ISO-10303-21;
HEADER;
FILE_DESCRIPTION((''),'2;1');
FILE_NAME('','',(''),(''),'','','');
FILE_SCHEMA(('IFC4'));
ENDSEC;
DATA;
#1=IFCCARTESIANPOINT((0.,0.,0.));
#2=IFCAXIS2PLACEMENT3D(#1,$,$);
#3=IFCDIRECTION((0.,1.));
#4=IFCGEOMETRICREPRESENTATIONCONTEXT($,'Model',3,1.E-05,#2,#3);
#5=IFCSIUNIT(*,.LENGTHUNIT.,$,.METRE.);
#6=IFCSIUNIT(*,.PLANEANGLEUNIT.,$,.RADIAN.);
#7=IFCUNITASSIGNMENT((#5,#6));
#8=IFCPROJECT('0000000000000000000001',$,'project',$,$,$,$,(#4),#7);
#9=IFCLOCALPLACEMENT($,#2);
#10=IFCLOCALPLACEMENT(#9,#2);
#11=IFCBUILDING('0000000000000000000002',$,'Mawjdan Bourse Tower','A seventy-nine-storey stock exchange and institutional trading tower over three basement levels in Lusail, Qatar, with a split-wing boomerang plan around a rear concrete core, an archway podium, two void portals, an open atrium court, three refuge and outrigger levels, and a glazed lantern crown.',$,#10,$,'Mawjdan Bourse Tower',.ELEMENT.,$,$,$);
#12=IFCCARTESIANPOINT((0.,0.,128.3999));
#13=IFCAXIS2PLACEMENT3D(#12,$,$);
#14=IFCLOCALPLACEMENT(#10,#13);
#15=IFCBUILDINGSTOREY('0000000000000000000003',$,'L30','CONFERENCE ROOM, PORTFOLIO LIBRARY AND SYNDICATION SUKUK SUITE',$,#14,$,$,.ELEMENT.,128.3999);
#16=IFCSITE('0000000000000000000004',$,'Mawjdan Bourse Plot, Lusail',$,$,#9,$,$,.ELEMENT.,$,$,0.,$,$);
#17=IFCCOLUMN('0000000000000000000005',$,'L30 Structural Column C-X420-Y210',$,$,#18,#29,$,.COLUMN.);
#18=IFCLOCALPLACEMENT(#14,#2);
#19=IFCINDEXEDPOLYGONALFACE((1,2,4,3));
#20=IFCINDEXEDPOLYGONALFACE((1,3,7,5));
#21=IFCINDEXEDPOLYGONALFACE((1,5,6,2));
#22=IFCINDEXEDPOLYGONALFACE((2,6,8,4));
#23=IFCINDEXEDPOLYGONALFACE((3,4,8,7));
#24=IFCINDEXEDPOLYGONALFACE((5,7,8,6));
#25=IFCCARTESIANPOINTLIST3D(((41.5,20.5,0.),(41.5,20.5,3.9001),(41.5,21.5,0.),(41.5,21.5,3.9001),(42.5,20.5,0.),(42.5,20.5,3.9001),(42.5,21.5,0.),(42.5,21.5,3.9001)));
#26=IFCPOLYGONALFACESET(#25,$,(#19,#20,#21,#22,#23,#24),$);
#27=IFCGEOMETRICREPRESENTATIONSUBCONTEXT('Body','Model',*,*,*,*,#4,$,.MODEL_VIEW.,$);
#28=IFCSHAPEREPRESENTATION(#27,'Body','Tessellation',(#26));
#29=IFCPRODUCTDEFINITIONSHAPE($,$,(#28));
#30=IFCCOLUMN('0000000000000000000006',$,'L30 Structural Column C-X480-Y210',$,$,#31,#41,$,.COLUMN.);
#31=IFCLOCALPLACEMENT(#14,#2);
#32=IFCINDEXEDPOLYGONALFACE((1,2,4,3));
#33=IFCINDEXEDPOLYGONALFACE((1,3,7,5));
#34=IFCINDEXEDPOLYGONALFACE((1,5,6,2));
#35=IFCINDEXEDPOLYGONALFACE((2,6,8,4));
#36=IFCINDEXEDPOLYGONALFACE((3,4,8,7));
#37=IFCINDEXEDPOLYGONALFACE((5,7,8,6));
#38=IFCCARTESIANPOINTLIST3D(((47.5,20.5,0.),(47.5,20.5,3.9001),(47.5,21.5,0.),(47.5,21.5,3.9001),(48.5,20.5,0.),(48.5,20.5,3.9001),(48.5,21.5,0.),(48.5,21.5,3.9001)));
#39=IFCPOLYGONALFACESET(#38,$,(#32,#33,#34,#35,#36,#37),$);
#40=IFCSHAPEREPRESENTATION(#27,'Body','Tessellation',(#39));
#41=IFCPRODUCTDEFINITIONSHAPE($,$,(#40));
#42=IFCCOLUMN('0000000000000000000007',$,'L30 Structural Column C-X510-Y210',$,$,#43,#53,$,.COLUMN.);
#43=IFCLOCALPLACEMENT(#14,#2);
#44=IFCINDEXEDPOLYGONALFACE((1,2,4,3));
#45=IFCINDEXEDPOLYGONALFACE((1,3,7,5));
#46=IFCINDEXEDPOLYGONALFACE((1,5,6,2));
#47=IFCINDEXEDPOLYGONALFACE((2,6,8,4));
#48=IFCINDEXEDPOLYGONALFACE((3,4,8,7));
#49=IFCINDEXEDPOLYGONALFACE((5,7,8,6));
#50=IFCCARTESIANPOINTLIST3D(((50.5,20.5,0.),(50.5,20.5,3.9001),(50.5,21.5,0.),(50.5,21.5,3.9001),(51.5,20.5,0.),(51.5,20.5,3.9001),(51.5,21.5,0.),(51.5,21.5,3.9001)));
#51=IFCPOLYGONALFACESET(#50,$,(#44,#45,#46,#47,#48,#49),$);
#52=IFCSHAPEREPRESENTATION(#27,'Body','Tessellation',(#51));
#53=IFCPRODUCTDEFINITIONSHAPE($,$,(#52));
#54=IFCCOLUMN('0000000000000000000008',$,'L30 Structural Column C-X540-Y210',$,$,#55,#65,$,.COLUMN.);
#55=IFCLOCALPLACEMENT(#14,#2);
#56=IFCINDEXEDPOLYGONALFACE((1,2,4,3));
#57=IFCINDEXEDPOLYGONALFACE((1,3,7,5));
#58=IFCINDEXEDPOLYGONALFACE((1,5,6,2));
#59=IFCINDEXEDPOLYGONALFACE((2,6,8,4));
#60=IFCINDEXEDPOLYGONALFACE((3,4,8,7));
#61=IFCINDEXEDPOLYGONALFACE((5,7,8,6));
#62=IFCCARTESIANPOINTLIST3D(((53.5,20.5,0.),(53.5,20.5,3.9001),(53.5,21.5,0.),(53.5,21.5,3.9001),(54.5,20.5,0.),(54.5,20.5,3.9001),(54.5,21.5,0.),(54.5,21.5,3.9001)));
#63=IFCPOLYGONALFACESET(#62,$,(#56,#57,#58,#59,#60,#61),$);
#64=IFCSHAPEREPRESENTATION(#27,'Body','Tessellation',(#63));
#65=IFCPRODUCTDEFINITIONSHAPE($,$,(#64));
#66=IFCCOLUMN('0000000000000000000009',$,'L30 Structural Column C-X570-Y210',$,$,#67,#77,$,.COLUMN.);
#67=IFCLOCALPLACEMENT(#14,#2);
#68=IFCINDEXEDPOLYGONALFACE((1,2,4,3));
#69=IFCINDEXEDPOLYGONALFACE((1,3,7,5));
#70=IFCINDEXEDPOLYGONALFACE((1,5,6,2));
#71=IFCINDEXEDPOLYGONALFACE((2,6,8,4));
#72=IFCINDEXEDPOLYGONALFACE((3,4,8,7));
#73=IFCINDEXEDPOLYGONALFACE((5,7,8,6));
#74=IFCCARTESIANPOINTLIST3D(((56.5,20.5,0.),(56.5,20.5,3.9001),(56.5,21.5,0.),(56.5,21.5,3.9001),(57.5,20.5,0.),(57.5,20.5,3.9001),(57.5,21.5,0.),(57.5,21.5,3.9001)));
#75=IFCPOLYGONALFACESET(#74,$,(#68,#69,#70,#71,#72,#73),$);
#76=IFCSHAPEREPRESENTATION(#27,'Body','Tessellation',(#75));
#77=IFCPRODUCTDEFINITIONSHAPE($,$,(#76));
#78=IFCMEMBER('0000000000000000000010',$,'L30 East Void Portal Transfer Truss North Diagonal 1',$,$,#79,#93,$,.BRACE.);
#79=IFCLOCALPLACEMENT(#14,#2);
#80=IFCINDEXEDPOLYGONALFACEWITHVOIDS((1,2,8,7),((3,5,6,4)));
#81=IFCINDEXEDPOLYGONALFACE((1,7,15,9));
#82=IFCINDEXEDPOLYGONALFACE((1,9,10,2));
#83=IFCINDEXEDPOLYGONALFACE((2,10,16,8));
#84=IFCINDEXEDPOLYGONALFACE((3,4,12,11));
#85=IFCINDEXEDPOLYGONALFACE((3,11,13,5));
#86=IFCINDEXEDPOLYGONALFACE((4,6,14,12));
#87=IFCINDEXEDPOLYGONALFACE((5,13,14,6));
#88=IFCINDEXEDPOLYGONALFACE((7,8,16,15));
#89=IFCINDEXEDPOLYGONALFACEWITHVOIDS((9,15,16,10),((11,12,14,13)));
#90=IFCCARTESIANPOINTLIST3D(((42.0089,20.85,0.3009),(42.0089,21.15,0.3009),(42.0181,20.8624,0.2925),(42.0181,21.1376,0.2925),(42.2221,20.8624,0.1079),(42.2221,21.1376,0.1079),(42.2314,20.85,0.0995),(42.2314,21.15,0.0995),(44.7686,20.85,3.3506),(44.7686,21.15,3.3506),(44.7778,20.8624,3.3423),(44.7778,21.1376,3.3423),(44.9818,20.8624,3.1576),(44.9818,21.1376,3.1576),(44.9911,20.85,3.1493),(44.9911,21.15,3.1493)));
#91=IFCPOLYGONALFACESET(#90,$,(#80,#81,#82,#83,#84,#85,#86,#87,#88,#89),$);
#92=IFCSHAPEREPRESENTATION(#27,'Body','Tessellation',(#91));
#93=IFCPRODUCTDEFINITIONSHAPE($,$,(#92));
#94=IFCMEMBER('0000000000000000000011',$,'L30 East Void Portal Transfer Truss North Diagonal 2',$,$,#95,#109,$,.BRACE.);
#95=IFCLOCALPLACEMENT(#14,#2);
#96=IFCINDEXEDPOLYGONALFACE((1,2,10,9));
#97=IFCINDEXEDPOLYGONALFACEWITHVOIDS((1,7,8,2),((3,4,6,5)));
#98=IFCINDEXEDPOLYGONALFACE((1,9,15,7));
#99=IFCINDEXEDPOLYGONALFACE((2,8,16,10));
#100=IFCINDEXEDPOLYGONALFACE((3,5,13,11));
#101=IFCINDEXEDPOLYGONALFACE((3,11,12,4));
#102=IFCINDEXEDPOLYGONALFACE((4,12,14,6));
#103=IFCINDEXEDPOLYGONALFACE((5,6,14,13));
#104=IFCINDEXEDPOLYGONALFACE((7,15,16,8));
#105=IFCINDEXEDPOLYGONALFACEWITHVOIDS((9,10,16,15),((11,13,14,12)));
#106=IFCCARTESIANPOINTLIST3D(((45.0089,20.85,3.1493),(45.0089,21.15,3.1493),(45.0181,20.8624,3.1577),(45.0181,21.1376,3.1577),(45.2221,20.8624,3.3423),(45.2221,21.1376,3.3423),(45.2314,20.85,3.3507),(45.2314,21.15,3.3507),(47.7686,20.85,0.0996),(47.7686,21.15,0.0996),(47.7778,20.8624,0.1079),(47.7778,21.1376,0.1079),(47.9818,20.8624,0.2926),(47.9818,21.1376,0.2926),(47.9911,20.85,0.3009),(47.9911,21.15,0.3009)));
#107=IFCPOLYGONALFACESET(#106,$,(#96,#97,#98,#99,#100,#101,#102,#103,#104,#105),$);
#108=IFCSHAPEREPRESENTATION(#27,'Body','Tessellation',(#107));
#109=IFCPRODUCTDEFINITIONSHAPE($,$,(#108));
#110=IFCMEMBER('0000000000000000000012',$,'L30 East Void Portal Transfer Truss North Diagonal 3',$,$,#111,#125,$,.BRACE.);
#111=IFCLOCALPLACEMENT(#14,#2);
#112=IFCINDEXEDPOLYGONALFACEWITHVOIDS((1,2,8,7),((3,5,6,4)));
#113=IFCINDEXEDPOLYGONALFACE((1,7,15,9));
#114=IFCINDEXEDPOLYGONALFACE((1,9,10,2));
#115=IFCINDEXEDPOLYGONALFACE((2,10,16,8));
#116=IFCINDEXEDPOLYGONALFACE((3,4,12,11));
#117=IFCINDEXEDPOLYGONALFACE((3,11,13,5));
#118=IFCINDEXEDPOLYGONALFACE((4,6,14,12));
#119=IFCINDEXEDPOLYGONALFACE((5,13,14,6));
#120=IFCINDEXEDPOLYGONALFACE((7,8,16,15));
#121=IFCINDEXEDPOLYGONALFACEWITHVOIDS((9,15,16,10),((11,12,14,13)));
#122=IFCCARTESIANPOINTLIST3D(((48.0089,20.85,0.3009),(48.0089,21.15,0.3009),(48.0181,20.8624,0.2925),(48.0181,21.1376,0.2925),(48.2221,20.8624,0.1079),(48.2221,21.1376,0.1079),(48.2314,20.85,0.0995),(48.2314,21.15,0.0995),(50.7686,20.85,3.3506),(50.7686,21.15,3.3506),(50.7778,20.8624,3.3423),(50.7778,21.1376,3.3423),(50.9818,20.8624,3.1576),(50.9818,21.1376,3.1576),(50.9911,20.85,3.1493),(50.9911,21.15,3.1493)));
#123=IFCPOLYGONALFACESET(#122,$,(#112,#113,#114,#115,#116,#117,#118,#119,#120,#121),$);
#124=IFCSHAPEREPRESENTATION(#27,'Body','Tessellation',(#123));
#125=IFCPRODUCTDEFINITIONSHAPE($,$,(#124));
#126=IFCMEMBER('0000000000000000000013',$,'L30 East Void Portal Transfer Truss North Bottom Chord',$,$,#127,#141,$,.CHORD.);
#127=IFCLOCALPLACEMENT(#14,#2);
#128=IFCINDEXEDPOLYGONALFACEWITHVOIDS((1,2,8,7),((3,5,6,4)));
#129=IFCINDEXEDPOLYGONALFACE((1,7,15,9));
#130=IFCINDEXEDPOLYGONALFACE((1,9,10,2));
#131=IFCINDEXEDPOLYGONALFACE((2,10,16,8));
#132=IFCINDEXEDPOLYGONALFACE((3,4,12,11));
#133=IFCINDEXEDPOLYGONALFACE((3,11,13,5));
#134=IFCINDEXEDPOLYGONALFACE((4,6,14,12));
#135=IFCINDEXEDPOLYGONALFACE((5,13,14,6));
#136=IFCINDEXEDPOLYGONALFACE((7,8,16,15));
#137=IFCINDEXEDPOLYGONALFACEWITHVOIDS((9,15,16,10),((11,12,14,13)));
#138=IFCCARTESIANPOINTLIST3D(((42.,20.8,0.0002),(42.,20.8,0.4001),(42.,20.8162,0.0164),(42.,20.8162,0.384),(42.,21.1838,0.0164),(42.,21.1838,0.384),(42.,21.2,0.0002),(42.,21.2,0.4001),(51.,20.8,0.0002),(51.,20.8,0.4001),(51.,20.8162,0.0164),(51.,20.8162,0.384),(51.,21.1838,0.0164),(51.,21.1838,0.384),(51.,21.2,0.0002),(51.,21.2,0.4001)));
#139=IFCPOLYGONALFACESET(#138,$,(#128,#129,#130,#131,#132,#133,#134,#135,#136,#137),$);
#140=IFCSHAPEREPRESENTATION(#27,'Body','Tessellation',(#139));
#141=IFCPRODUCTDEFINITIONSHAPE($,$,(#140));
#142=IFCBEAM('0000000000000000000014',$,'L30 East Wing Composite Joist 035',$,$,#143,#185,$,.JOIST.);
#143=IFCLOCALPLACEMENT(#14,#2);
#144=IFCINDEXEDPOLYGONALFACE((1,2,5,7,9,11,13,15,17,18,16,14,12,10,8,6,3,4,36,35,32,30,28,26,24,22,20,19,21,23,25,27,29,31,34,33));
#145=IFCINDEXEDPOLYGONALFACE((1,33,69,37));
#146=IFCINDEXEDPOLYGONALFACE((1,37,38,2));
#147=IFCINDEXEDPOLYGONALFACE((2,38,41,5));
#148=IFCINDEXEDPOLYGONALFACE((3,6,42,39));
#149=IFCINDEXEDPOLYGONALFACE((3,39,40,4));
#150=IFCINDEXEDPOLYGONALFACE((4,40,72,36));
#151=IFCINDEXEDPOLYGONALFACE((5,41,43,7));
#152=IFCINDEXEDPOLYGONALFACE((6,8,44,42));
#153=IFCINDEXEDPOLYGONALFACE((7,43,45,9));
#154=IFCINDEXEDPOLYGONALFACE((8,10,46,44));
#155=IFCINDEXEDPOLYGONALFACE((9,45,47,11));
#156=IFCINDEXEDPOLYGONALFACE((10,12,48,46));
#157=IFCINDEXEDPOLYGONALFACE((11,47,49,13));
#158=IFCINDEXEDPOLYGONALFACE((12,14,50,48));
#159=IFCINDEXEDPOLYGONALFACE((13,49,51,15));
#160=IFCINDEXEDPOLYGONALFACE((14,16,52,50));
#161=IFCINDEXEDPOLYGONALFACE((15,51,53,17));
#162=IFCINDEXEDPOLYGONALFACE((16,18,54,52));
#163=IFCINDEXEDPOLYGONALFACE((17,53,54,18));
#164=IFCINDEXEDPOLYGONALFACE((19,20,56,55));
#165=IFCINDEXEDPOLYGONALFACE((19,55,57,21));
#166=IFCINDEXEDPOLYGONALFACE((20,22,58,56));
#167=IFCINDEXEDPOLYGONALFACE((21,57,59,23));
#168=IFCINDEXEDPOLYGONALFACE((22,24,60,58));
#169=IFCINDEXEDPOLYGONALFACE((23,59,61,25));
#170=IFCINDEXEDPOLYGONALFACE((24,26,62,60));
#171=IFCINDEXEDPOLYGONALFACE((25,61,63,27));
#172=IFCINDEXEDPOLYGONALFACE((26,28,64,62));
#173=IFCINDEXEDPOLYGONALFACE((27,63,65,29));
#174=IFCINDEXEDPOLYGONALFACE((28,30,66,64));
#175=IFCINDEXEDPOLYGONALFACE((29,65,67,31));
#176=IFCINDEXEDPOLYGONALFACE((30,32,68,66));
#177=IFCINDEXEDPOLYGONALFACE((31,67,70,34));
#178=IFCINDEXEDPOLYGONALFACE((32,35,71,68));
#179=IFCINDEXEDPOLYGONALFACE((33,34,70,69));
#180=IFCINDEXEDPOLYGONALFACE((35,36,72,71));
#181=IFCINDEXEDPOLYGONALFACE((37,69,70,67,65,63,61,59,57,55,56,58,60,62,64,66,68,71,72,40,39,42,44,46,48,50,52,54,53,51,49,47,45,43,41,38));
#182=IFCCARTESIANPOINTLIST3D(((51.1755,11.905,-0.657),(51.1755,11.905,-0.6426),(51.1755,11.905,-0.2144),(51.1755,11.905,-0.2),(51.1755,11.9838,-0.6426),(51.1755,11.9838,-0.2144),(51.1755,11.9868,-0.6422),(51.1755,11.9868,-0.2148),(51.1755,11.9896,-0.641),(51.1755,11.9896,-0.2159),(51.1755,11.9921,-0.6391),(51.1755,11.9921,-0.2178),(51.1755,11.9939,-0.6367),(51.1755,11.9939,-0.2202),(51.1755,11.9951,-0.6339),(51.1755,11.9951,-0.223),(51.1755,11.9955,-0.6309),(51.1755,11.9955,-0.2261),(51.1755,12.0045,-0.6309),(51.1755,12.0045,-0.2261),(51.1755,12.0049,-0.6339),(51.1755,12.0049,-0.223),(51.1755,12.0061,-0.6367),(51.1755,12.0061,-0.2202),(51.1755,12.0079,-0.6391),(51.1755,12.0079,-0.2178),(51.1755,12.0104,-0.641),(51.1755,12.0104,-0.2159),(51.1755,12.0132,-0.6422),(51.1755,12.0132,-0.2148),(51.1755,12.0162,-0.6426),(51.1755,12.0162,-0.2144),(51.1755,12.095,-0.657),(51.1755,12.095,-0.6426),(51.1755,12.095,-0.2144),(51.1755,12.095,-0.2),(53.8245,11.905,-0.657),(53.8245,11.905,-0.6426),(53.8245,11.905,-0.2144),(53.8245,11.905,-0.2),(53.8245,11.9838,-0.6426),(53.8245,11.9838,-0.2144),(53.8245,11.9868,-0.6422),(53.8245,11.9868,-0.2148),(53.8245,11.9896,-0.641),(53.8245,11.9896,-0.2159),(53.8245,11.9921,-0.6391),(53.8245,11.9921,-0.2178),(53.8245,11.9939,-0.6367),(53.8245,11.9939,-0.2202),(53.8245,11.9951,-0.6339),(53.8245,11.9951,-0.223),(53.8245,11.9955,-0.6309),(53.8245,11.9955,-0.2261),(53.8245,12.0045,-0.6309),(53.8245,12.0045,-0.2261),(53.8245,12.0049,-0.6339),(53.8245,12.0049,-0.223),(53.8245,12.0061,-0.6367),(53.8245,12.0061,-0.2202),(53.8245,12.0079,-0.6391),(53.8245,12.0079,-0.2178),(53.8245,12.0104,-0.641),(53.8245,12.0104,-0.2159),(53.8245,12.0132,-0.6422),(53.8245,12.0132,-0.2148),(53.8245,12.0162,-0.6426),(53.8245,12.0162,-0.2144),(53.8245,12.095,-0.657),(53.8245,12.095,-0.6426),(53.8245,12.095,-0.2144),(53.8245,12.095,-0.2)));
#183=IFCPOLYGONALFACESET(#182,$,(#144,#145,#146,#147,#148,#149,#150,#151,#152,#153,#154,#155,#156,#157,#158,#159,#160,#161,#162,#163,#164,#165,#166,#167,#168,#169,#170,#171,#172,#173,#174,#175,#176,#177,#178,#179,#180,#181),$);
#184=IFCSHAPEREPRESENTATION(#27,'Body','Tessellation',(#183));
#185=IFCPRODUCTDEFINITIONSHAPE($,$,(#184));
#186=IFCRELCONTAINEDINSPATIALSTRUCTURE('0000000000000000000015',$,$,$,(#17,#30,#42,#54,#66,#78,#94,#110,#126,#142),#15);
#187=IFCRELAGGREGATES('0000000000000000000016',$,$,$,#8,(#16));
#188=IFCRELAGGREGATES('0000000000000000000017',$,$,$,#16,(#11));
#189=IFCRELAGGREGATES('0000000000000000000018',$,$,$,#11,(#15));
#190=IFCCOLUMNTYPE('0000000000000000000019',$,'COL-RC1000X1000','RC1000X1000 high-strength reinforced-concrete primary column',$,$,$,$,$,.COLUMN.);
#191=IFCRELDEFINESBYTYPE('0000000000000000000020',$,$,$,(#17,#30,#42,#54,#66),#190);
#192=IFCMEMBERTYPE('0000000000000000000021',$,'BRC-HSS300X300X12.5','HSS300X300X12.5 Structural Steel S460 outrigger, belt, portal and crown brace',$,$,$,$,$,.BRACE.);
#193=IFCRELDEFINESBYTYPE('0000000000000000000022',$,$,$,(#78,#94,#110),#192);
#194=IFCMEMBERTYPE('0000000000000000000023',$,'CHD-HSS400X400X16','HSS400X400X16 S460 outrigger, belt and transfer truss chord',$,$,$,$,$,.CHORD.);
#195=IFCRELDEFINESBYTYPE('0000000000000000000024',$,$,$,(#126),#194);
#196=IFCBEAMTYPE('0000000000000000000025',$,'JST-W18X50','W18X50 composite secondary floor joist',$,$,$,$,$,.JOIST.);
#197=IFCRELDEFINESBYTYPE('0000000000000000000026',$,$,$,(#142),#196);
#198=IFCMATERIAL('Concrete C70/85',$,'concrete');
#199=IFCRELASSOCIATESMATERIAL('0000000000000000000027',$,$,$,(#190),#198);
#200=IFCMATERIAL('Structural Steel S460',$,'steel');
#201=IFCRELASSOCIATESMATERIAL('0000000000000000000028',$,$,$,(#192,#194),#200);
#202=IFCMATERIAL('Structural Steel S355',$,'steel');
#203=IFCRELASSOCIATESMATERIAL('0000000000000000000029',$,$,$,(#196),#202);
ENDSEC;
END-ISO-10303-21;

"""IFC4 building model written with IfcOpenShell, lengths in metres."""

from ifc_helpers import new_model, si_unit, direction, frame, origin, origin_2d, place, context, subcontext, project, spatial, rectangle, hollow_rectangle, i_section, extrude, material, material_profile, profile_set, type_object, element, save


model = new_model("IFC4")

# Units and contexts
model_context = context("Model", 3, precision=1e-05, world=origin(), true_north=direction((0.0, 1.0)))
body_context = subcontext(model_context, "Body", "Model", "MODEL_VIEW")
ifc_project = project(units=[si_unit("LENGTHUNIT", "METRE"), si_unit("PLANEANGLEUNIT", "RADIAN")], contexts=[model_context])

# Site, building, storey
site_placement = place(None, origin())
site = spatial("IfcSite", under=ifc_project, at=site_placement, Name="Mawjdan Bourse Plot, Lusail", CompositionType="ELEMENT", RefElevation=0.0)
building_placement = place(site_placement, origin())
building = spatial("IfcBuilding", under=site, at=building_placement, Name="Mawjdan Bourse Tower", Description="A seventy-nine-storey stock exchange and institutional trading tower over three basement levels in Lusail, Qatar, with a split-wing boomerang plan around a rear concrete core, an archway podium, two void portals, an open atrium court, three refuge and outrigger levels, and a glazed lantern crown.", LongName="Mawjdan Bourse Tower", CompositionType="ELEMENT")
storey_placement = place(building_placement, frame((0.0, 0.0, 128.3999)))
storey = spatial("IfcBuildingStorey", under=building, at=storey_placement, Name="L30", Description="CONFERENCE ROOM, PORTFOLIO LIBRARY AND SYNDICATION SUKUK SUITE", CompositionType="ELEMENT", Elevation=128.3999)

# Columns
ifc_material_1 = material(Name="Concrete C70/85", Category="concrete")
ifc_material_profile_1 = material_profile(ifc_material_1, rectangle(XDim=1.0, YDim=1.0, at=origin_2d()), Name="RC1000X1000")
ifc_profile_set_1 = profile_set([ifc_material_profile_1], Name="Concrete C70/85")
column_type = type_object("IfcColumnType", Name="COL-RC1000X1000", Description="RC1000X1000 high-strength reinforced-concrete primary column", PredefinedType="COLUMN", material=ifc_profile_set_1)
for number, where, z_axis, x_axis, name in (
    (1, (42.0, 21.0, 0.0), (0.0, 0.0, 1.0), (1.0, 0.0, 0.0), "L30 Structural Column C-X420-Y210"),
    (2, (48.0, 21.0, 0.0), (0.0, 0.0, 1.0), (1.0, 0.0, 0.0), "L30 Structural Column C-X480-Y210"),
    (3, (51.0, 21.0, 0.0), (0.0, 0.0, 1.0), (1.0, 0.0, 0.0), "L30 Structural Column C-X510-Y210"),
    (4, (54.0, 21.0, 0.0), (0.0, 0.0, 1.0), (1.0, 0.0, 0.0), "L30 Structural Column C-X540-Y210"),
    (5, (57.0, 21.0, 0.0), (0.0, 0.0, 1.0), (1.0, 0.0, 0.0), "L30 Structural Column C-X570-Y210"),
):
    element("IfcColumn", number, at=place(storey_placement, frame(where, z_axis=z_axis, x_axis=x_axis)), inside=storey, type_object=column_type, Name=name, PredefinedType="COLUMN", context=body_context, shape_type="SweptSolid", body=[
        extrude(rectangle(XDim=1.0, YDim=1.0, at=origin_2d()), origin(), (0.0, 0.0, 1.0), 3.9001),
    ])

# Members
ifc_material_2 = material(Name="Structural Steel S460", Category="steel")
ifc_material_profile_2 = material_profile(ifc_material_2, hollow_rectangle(XDim=0.3, YDim=0.3, WallThickness=0.0125, at=origin_2d()), Name="HSS300X300X12.5")
ifc_profile_set_2 = profile_set([ifc_material_profile_2], Name="Structural Steel S460")
member_type_1 = type_object("IfcMemberType", Name="BRC-HSS300X300X12.5", Description="HSS300X300X12.5 Structural Steel S460 outrigger, belt, portal and crown brace", PredefinedType="BRACE", material=ifc_profile_set_2)
for number, where, z_axis, x_axis, name in (
    (6, (42.1201, 21.0, 0.2002), (0.670969, 0.0, 0.741485), (0.0, 1.0, 0.0), "L30 East Void Portal Transfer Truss North Diagonal 1"),
    (7, (45.1201, 21.0, 3.25), (0.670969, 0.0, -0.741485), (0.0, 1.0, 0.0), "L30 East Void Portal Transfer Truss North Diagonal 2"),
    (8, (48.1201, 21.0, 0.2002), (0.670969, 0.0, 0.741485), (0.0, 1.0, 0.0), "L30 East Void Portal Transfer Truss North Diagonal 3"),
):
    element("IfcMember", number, at=place(storey_placement, frame(where, z_axis=z_axis, x_axis=x_axis)), inside=storey, type_object=member_type_1, Name=name, PredefinedType="BRACE", context=body_context, shape_type="SweptSolid", body=[
        extrude(hollow_rectangle(XDim=0.3, YDim=0.3, WallThickness=0.0125, at=origin_2d()), origin(), (0.0, 0.0, 1.0), 4.113),
    ])
ifc_material_profile_3 = material_profile(ifc_material_2, hollow_rectangle(XDim=0.3999, YDim=0.3999, WallThickness=0.0161, at=origin_2d()), Name="HSS400X400X16")
ifc_profile_set_3 = profile_set([ifc_material_profile_3], Name="Structural Steel S460")
member_type_2 = type_object("IfcMemberType", Name="CHD-HSS400X400X16", Description="HSS400X400X16 S460 outrigger, belt and transfer truss chord", PredefinedType="CHORD", material=ifc_profile_set_3)
member_placement = place(storey_placement, frame((42.0, 21.0, 0.2002), z_axis=(1.0, 0.0, 0.0), x_axis=(0.0, 1.0, 0.0)))
element("IfcMember", 9, at=member_placement, inside=storey, type_object=member_type_2, Name="L30 East Void Portal Transfer Truss North Bottom Chord", PredefinedType="CHORD", context=body_context, shape_type="SweptSolid", body=[
    extrude(hollow_rectangle(XDim=0.3999, YDim=0.3999, WallThickness=0.0161, at=origin_2d()), origin(), (0.0, 0.0, 1.0), 9.0),
])

# Beam
ifc_material_3 = material(Name="Structural Steel S355", Category="steel")
ifc_material_profile_4 = material_profile(ifc_material_3, i_section(OverallWidth=0.1899, OverallDepth=0.457, WebThickness=0.009, FlangeThickness=0.0144, FilletRadius=0.0117, at=origin_2d()), Name="W18X50")
ifc_profile_set_4 = profile_set([ifc_material_profile_4], Name="Structural Steel S355")
beam_type_1 = type_object("IfcBeamType", Name="JST-W18X50", Description="W18X50 composite secondary floor joist", PredefinedType="JOIST", material=ifc_profile_set_4)
for number, where, z_axis, x_axis, name in (
    (10, (51.1755, 12.0, -0.4285), (1.0, 0.0, 0.0), (0.0, 1.0, 0.0), "L30 East Wing Composite Joist 035"),
):
    element("IfcBeam", number, at=place(storey_placement, frame(where, z_axis=z_axis, x_axis=x_axis)), inside=storey, type_object=beam_type_1, Name=name, PredefinedType="JOIST", context=body_context, shape_type="SweptSolid", body=[
        extrude(i_section(OverallWidth=0.1899, OverallDepth=0.457, WebThickness=0.009, FlangeThickness=0.0144, FilletRadius=0.0117, at=origin_2d()), origin(), (0.0, 0.0, 1.0), 2.6489),
    ])

save(model, "model.ifc")
